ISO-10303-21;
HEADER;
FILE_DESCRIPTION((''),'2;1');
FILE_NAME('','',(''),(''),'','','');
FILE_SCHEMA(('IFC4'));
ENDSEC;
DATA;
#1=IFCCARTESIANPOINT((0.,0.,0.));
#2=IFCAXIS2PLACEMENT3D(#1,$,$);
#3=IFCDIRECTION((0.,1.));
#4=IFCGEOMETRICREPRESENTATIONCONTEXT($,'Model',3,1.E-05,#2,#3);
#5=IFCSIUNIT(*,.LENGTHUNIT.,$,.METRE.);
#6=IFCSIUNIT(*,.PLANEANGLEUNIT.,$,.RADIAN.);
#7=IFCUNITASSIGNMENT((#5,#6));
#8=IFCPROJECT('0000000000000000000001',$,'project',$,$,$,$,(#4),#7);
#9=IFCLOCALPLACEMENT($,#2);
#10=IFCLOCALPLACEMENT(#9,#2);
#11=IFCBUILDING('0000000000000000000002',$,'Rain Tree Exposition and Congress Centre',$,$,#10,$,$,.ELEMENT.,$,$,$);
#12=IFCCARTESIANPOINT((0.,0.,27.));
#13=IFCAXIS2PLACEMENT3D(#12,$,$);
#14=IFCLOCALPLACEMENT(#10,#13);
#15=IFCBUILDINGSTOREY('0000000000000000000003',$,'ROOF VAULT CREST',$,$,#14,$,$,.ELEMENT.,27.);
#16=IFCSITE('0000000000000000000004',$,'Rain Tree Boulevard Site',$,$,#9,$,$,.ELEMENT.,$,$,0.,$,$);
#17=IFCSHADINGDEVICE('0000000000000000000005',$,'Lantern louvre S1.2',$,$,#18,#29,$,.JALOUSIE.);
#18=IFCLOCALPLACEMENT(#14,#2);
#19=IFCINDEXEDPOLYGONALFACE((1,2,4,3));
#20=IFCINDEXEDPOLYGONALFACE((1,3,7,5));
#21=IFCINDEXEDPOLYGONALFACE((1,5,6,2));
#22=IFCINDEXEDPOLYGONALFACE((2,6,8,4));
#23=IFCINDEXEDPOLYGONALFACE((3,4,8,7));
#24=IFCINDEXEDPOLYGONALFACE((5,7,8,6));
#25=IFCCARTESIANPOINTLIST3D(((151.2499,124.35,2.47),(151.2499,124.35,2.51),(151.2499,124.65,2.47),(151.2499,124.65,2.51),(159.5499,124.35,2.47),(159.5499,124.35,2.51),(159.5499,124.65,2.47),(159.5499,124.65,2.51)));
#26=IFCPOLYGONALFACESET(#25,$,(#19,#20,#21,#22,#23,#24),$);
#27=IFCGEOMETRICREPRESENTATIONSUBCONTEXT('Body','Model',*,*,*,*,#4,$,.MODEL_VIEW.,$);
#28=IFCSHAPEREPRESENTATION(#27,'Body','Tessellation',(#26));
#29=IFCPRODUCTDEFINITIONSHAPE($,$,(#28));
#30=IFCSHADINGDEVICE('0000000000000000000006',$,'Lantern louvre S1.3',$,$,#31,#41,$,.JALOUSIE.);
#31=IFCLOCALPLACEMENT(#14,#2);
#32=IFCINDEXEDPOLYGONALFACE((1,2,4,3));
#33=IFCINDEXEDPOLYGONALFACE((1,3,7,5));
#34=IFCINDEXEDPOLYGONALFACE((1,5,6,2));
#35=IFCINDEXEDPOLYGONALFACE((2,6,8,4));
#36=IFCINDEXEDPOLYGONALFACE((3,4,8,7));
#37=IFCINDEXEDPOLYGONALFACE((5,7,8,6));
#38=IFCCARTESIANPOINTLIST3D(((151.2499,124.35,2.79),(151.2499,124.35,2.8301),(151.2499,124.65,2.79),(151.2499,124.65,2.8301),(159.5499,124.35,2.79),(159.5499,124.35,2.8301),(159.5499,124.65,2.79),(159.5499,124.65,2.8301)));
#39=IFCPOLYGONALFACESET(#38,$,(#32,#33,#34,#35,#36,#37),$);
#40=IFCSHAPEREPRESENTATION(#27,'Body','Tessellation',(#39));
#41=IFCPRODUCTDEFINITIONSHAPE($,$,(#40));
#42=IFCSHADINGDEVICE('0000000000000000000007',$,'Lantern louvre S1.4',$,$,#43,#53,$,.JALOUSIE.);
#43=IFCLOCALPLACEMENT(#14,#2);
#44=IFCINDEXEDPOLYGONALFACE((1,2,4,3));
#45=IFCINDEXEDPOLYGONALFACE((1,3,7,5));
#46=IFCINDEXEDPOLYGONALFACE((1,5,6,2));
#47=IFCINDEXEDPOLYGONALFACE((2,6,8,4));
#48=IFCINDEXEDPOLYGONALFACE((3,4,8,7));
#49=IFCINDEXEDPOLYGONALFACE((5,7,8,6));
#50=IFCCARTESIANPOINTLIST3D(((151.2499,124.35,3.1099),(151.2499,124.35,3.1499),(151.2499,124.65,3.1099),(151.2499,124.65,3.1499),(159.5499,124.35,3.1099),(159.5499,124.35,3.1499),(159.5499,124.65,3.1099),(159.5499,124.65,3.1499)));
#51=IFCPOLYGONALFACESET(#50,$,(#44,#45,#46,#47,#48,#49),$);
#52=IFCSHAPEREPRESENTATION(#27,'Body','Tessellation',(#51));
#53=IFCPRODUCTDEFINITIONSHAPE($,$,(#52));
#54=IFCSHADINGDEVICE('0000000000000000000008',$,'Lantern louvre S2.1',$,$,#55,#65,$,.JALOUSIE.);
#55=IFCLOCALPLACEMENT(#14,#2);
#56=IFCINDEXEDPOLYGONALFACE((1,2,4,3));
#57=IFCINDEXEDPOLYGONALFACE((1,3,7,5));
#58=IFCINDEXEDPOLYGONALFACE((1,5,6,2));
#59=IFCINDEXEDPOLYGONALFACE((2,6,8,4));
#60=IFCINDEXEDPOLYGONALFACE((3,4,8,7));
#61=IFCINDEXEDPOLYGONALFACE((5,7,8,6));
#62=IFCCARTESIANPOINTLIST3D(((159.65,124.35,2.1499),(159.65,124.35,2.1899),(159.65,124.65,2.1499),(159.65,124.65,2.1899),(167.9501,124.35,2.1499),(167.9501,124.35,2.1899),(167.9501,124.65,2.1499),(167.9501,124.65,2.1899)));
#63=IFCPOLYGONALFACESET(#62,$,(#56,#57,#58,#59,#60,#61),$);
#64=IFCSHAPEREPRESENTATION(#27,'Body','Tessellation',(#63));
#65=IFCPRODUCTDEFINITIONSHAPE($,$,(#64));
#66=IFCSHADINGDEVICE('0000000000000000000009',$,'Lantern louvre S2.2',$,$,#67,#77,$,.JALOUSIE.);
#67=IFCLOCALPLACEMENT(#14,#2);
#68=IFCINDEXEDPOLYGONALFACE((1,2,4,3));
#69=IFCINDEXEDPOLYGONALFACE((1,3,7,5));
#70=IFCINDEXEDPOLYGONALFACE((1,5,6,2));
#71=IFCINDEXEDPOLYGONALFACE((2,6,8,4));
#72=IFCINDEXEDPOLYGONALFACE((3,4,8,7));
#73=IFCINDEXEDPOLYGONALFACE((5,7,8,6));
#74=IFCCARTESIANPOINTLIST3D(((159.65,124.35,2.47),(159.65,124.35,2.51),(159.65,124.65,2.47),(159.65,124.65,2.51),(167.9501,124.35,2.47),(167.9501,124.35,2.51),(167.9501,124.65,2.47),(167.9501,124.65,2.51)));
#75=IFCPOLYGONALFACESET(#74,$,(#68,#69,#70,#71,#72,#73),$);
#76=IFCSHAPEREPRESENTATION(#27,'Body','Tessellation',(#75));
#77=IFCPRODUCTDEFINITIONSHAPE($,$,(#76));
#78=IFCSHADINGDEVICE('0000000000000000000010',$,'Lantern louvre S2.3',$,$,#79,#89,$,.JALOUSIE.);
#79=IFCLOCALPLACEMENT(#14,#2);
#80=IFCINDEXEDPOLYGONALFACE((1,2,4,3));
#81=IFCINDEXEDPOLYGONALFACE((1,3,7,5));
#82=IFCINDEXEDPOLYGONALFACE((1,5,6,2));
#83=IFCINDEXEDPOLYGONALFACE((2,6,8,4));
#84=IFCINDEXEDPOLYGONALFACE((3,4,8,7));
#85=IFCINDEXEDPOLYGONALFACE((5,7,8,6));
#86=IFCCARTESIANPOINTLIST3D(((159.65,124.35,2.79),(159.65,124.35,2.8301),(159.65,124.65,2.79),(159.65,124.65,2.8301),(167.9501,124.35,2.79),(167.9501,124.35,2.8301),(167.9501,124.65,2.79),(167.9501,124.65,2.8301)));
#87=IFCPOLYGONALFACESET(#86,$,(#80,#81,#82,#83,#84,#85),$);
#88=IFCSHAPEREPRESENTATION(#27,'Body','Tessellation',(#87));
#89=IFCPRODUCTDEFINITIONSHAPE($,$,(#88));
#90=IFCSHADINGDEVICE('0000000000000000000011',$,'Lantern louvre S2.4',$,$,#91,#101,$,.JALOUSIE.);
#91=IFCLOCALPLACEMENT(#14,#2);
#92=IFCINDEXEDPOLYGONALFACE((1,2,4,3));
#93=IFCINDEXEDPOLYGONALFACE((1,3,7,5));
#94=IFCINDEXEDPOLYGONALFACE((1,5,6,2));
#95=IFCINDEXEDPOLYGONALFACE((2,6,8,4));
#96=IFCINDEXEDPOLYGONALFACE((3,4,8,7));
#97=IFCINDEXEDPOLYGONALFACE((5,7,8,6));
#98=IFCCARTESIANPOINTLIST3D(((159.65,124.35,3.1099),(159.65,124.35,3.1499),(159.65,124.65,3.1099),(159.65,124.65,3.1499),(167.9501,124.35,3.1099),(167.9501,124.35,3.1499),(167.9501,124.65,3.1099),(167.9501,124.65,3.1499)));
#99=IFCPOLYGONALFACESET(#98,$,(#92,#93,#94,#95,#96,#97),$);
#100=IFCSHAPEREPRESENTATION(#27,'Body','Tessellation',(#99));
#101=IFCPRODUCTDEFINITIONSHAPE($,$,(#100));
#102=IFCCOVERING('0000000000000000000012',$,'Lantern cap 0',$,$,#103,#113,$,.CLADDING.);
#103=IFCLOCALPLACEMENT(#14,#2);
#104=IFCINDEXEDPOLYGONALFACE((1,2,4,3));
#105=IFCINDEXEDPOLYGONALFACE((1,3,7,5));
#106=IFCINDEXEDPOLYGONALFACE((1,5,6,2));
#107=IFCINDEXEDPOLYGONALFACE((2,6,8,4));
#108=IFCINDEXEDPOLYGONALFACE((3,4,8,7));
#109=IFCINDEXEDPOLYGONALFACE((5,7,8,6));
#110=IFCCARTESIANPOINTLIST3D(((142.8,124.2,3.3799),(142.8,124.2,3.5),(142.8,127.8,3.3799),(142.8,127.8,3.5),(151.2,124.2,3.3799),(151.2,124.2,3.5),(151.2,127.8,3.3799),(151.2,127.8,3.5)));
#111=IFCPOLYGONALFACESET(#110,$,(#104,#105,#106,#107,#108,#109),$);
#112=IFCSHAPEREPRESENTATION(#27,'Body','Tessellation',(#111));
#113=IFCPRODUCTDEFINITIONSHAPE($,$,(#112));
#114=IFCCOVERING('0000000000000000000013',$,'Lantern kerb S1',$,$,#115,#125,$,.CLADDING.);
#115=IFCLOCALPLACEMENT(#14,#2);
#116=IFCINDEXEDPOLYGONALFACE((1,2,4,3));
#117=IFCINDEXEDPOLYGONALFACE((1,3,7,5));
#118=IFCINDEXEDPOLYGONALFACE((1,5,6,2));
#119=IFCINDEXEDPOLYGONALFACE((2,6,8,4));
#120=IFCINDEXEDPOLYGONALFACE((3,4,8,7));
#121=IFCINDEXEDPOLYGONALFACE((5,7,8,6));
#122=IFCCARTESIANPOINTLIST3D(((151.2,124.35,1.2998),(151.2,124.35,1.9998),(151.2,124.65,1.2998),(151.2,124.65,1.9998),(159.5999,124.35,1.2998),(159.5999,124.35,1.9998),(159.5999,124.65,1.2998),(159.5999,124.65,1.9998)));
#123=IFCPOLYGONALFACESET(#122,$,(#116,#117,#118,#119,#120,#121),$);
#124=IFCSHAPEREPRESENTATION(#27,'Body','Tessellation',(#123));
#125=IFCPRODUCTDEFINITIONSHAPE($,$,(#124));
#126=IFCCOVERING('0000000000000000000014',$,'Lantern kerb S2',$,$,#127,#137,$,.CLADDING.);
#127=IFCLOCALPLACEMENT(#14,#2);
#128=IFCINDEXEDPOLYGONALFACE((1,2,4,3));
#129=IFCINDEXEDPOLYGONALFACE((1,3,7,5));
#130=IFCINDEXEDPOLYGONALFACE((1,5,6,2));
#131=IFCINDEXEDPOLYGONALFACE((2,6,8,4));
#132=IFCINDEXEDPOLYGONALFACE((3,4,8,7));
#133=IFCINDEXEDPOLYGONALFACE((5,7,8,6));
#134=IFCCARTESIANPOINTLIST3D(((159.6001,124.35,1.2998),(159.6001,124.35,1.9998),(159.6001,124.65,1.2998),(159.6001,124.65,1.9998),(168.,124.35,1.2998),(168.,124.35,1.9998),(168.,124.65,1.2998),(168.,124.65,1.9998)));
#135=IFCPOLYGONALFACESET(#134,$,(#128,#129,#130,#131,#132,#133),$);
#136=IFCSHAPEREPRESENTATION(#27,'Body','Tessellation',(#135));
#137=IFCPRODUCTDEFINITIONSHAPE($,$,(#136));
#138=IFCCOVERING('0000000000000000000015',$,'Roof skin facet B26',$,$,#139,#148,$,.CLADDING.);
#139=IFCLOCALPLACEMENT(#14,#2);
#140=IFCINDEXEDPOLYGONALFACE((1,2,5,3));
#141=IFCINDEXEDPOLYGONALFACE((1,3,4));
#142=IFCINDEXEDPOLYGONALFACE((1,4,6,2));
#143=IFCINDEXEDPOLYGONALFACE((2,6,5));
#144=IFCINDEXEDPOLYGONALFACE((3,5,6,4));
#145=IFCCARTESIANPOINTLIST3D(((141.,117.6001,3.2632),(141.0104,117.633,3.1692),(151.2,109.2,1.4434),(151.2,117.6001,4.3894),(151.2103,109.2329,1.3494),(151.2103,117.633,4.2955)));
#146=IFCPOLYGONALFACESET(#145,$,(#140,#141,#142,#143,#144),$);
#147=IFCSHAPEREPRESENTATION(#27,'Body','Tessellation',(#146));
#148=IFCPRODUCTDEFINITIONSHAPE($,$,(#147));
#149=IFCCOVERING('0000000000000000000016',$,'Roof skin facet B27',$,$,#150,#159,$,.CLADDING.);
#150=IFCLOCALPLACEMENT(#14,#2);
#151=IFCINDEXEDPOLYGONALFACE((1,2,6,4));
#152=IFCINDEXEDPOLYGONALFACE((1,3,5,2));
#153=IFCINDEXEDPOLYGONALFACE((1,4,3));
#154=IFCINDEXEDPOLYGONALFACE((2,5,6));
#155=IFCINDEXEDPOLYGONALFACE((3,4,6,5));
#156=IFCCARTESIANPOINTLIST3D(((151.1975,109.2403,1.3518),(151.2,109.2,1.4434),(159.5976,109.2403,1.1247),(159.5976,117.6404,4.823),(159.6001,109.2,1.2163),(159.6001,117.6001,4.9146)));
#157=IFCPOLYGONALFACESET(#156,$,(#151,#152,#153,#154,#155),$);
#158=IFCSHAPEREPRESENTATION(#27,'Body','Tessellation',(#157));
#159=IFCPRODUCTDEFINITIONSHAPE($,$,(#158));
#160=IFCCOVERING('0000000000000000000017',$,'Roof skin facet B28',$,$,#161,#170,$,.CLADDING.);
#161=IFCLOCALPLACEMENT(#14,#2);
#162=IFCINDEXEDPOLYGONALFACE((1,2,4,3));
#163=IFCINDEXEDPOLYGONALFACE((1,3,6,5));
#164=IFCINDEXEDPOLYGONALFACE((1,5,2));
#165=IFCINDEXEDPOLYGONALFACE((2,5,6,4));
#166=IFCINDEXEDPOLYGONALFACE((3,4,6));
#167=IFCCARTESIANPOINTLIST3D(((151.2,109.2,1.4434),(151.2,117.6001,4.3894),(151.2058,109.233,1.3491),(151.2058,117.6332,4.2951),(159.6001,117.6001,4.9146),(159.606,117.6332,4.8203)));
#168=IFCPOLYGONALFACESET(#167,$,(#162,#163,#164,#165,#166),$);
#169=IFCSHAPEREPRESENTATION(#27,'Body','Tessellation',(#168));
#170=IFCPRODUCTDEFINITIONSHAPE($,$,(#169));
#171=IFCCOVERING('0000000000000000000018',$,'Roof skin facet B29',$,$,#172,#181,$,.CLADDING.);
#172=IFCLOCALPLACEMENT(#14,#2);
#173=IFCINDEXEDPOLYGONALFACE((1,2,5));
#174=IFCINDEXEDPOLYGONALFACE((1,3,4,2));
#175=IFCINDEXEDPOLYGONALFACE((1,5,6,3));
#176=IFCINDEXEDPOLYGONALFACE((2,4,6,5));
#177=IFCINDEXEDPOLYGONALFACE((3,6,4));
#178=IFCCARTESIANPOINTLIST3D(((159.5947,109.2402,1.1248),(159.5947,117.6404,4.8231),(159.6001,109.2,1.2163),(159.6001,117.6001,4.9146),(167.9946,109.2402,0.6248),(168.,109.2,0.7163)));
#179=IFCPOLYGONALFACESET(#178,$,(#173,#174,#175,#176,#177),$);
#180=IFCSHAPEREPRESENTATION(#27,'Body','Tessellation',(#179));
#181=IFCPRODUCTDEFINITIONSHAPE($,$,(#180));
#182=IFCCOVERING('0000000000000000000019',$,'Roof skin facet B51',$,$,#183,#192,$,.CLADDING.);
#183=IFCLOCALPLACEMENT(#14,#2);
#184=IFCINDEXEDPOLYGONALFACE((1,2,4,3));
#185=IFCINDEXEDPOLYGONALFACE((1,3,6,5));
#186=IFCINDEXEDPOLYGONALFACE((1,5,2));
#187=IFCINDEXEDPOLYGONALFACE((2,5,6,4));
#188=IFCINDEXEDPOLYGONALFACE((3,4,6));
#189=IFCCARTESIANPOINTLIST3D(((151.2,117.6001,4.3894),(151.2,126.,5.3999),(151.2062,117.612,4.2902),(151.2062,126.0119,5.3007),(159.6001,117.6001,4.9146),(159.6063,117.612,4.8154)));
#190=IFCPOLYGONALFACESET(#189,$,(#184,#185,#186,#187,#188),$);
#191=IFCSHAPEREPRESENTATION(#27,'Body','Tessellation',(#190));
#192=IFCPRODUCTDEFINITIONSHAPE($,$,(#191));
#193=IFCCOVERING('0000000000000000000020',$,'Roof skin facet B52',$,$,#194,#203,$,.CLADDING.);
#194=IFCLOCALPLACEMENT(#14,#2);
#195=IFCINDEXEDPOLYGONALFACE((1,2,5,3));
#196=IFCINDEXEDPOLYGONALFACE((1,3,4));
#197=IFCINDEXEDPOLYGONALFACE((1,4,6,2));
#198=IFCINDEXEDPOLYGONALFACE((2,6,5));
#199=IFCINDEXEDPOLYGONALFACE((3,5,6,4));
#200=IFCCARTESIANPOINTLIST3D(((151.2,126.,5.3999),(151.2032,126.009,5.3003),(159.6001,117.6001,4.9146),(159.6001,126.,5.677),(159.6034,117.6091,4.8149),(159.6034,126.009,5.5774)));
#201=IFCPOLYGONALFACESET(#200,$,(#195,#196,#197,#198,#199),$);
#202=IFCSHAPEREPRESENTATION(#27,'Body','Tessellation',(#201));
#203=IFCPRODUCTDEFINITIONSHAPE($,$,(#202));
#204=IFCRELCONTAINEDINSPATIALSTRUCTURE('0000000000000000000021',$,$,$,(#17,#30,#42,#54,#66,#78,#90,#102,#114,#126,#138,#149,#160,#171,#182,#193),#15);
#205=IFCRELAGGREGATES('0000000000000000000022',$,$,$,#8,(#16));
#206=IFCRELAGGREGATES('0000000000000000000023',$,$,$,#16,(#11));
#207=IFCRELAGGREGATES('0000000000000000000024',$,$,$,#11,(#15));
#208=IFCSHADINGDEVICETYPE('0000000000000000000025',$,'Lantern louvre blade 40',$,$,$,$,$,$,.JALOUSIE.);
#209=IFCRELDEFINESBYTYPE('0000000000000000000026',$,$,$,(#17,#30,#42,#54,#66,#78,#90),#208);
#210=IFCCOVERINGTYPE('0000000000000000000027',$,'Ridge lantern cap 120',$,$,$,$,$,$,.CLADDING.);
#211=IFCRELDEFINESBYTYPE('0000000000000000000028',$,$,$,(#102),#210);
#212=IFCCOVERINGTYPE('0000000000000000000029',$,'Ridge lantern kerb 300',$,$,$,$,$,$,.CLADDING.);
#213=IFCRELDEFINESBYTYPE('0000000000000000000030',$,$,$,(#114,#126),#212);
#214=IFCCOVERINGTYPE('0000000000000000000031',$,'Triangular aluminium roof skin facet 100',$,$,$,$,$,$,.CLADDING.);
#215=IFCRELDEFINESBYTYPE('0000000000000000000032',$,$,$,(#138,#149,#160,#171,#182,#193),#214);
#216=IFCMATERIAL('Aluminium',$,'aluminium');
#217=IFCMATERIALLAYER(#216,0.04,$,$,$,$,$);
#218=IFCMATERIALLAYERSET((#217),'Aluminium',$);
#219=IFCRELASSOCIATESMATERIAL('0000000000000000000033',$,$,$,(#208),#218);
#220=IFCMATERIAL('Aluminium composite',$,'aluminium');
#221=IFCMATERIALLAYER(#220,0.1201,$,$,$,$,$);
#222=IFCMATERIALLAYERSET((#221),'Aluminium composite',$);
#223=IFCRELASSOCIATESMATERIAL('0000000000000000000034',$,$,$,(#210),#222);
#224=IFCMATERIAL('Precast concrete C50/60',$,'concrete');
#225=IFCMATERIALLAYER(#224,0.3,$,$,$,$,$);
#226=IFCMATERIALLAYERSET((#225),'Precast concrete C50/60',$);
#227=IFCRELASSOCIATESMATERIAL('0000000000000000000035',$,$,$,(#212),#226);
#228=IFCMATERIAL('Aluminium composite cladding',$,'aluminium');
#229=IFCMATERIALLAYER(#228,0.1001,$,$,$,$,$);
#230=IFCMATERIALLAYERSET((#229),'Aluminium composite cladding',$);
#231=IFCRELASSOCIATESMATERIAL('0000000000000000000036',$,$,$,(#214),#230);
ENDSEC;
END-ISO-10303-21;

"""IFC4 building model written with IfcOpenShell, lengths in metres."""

from ifc_helpers import new_model, si_unit, direction, frame, origin, origin_2d, place, context, subcontext, project, spatial, polyline, rectangle, outline, extrude, material, layer, layer_set, type_object, element, save


model = new_model("IFC4")

# Units and contexts
model_context = context("Model", 3, precision=1e-05, world=origin(), true_north=direction((0.0, 1.0)))
body_context = subcontext(model_context, "Body", "Model", "MODEL_VIEW")
ifc_project = project(units=[si_unit("LENGTHUNIT", "METRE"), si_unit("PLANEANGLEUNIT", "RADIAN")], contexts=[model_context])

# Site, building, storey
site_placement = place(None, origin())
site = spatial("IfcSite", under=ifc_project, at=site_placement, Name="Rain Tree Boulevard Site", CompositionType="ELEMENT", RefElevation=0.0)
building_placement = place(site_placement, origin())
building = spatial("IfcBuilding", under=site, at=building_placement, Name="Rain Tree Exposition and Congress Centre", CompositionType="ELEMENT")
storey_placement = place(building_placement, frame((0.0, 0.0, 27.0)))
storey = spatial("IfcBuildingStorey", under=building, at=storey_placement, Name="ROOF VAULT CREST", CompositionType="ELEMENT", Elevation=27.0)

# Shading devices
ifc_material_1 = material(Name="Aluminium", Category="aluminium")
ifc_layer_1 = layer(ifc_material_1, 0.04)
ifc_layer_set_1 = layer_set([ifc_layer_1], Name="Aluminium")
shading_device_type = type_object("IfcShadingDeviceType", Name="Lantern louvre blade 40", PredefinedType="JALOUSIE", material=ifc_layer_set_1)
for number, where, z_axis, x_axis, name in (
    (1, (155.3999, 124.5, 2.47), (0.0, 0.0, 1.0), (1.0, 0.0, 0.0), "Lantern louvre S1.2"),
    (2, (155.3999, 124.5, 2.79), (0.0, 0.0, 1.0), (1.0, 0.0, 0.0), "Lantern louvre S1.3"),
    (3, (155.3999, 124.5, 3.1099), (0.0, 0.0, 1.0), (1.0, 0.0, 0.0), "Lantern louvre S1.4"),
    (4, (163.8, 124.5, 2.1499), (0.0, 0.0, 1.0), (1.0, 0.0, 0.0), "Lantern louvre S2.1"),
    (5, (163.8, 124.5, 2.47), (0.0, 0.0, 1.0), (1.0, 0.0, 0.0), "Lantern louvre S2.2"),
    (6, (163.8, 124.5, 2.79), (0.0, 0.0, 1.0), (1.0, 0.0, 0.0), "Lantern louvre S2.3"),
    (7, (163.8, 124.5, 3.1099), (0.0, 0.0, 1.0), (1.0, 0.0, 0.0), "Lantern louvre S2.4"),
):
    element("IfcShadingDevice", number, at=place(storey_placement, frame(where, z_axis=z_axis, x_axis=x_axis)), inside=storey, type_object=shading_device_type, Name=name, PredefinedType="JALOUSIE", context=body_context, shape_type="SweptSolid", body=[
        extrude(rectangle(XDim=8.3, YDim=0.3, at=origin_2d()), origin(), (0.0, 0.0, 1.0), 0.04),
    ])

# Coverings
ifc_material_2 = material(Name="Aluminium composite", Category="aluminium")
ifc_layer_2 = layer(ifc_material_2, 0.1201)
ifc_layer_set_2 = layer_set([ifc_layer_2], Name="Aluminium composite")
covering_type_1 = type_object("IfcCoveringType", Name="Ridge lantern cap 120", PredefinedType="CLADDING", material=ifc_layer_set_2)
covering_1_placement = place(storey_placement, frame((147.0, 126.0, 3.3799), z_axis=(0.0, 0.0, 1.0), x_axis=(1.0, 0.0, 0.0)))
element("IfcCovering", 8, at=covering_1_placement, inside=storey, type_object=covering_type_1, Name="Lantern cap 0", PredefinedType="CLADDING", context=body_context, shape_type="SweptSolid", body=[
    extrude(rectangle(XDim=8.3999, YDim=3.6001, at=origin_2d()), origin(), (0.0, 0.0, 1.0), 0.1201),
])
ifc_material_3 = material(Name="Precast concrete C50/60", Category="concrete")
ifc_layer_3 = layer(ifc_material_3, 0.3)
ifc_layer_set_3 = layer_set([ifc_layer_3], Name="Precast concrete C50/60")
covering_type_2 = type_object("IfcCoveringType", Name="Ridge lantern kerb 300", PredefinedType="CLADDING", material=ifc_layer_set_3)
for number, where, z_axis, x_axis, name in (
    (9, (155.3999, 124.5, 1.2998), (0.0, 0.0, 1.0), (1.0, 0.0, 0.0), "Lantern kerb S1"),
    (10, (163.8, 124.5, 1.2998), (0.0, 0.0, 1.0), (1.0, 0.0, 0.0), "Lantern kerb S2"),
):
    element("IfcCovering", number, at=place(storey_placement, frame(where, z_axis=z_axis, x_axis=x_axis)), inside=storey, type_object=covering_type_2, Name=name, PredefinedType="CLADDING", context=body_context, shape_type="SweptSolid", body=[
        extrude(rectangle(XDim=8.3999, YDim=0.3, at=origin_2d()), origin(), (0.0, 0.0, 1.0), 0.7),
    ])
ifc_material_4 = material(Name="Aluminium composite cladding", Category="aluminium")
ifc_layer_4 = layer(ifc_material_4, 0.1001)
ifc_layer_set_4 = layer_set([ifc_layer_4], Name="Aluminium composite cladding")
covering_type_3 = type_object("IfcCoveringType", Name="Triangular aluminium roof skin facet 100", PredefinedType="CLADDING", material=ifc_layer_set_4)
covering_2_placement = place(storey_placement, frame((151.2, 109.2, 1.4434), z_axis=(-0.103631, -0.329168, 0.938567), x_axis=(0.0, 0.943648, 0.33095)))
element("IfcCovering", 11, at=covering_2_placement, inside=storey, type_object=covering_type_3, Name="Roof skin facet B26", PredefinedType="CLADDING", context=body_context, shape_type="SweptSolid", body=[
    extrude(outline(polyline([(0.0, 0.0), (8.9018, 0.0), (8.5291, 10.2552), (0.0, 0.0)])), origin(), (0.0, 0.0, -1.0), 0.1001),
])
covering_3_placement = place(storey_placement, frame((151.2, 109.2, 1.4434), z_axis=(0.02473, -0.402814, 0.914948), x_axis=(0.999635, 0.0, -0.02702)))
element("IfcCovering", 12, at=covering_3_placement, inside=storey, type_object=covering_type_3, Name="Roof skin facet B27", PredefinedType="CLADDING", context=body_context, shape_type="SweptSolid", body=[
    extrude(outline(polyline([(0.0, 0.0), (8.4032, 0.0), (8.3033, 9.1777), (0.0, 0.0)])), origin(), (0.0, 0.0, -1.0), 0.1001),
])
covering_4_placement = place(storey_placement, frame((151.2, 109.2, 1.4434), z_axis=(-0.058891, -0.330376, 0.94201), x_axis=(0.678726, 0.678726, 0.28047)))
element("IfcCovering", 13, at=covering_4_placement, inside=storey, type_object=covering_type_3, Name="Roof skin facet B28", PredefinedType="CLADDING", context=body_context, shape_type="SweptSolid", body=[
    extrude(outline(polyline([(0.0, 0.0), (12.3764, 0.0), (6.5277, 6.0524), (0.0, 0.0)])), origin(), (0.0, 0.0, -1.0), 0.1001),
])
covering_5_placement = place(storey_placement, frame((159.6001, 109.2, 1.2163), z_axis=(0.054398, -0.402341, 0.913872), x_axis=(0.998233, 0.0, -0.059419)))
element("IfcCovering", 14, at=covering_5_placement, inside=storey, type_object=covering_type_3, Name="Roof skin facet B29", PredefinedType="CLADDING", context=body_context, shape_type="SweptSolid", body=[
    extrude(outline(polyline([(0.0, 0.0), (8.4148, 0.0), (-0.2197, 9.1756), (0.0, 0.0)])), origin(), (0.0, 0.0, -1.0), 0.1001),
])
covering_6_placement = place(storey_placement, frame((151.2, 117.6001, 4.3894), z_axis=(-0.06195, -0.119208, 0.990935), x_axis=(0.998052, 0.0, 0.062395)))
element("IfcCovering", 15, at=covering_6_placement, inside=storey, type_object=covering_type_3, Name="Roof skin facet B51", PredefinedType="CLADDING", context=body_context, shape_type="SweptSolid", body=[
    extrude(outline(polyline([(0.0, 0.0), (8.4165, 0.0), (0.063, 8.4602), (0.0, 0.0)])), origin(), (0.0, 0.0, -1.0), 0.1001),
])
covering_7_placement = place(storey_placement, frame((159.6001, 117.6001, 4.9146), z_axis=(-0.032835, -0.090349, 0.995369), x_axis=(0.0, 0.995906, 0.090397)))
element("IfcCovering", 16, at=covering_7_placement, inside=storey, type_object=covering_type_3, Name="Roof skin facet B52", PredefinedType="CLADDING", context=body_context, shape_type="SweptSolid", body=[
    extrude(outline(polyline([(0.0, 0.0), (8.4344, 0.0), (8.4094, 8.4047), (0.0, 0.0)])), origin(), (0.0, 0.0, -1.0), 0.1001),
])

save(model, "model.ifc")
